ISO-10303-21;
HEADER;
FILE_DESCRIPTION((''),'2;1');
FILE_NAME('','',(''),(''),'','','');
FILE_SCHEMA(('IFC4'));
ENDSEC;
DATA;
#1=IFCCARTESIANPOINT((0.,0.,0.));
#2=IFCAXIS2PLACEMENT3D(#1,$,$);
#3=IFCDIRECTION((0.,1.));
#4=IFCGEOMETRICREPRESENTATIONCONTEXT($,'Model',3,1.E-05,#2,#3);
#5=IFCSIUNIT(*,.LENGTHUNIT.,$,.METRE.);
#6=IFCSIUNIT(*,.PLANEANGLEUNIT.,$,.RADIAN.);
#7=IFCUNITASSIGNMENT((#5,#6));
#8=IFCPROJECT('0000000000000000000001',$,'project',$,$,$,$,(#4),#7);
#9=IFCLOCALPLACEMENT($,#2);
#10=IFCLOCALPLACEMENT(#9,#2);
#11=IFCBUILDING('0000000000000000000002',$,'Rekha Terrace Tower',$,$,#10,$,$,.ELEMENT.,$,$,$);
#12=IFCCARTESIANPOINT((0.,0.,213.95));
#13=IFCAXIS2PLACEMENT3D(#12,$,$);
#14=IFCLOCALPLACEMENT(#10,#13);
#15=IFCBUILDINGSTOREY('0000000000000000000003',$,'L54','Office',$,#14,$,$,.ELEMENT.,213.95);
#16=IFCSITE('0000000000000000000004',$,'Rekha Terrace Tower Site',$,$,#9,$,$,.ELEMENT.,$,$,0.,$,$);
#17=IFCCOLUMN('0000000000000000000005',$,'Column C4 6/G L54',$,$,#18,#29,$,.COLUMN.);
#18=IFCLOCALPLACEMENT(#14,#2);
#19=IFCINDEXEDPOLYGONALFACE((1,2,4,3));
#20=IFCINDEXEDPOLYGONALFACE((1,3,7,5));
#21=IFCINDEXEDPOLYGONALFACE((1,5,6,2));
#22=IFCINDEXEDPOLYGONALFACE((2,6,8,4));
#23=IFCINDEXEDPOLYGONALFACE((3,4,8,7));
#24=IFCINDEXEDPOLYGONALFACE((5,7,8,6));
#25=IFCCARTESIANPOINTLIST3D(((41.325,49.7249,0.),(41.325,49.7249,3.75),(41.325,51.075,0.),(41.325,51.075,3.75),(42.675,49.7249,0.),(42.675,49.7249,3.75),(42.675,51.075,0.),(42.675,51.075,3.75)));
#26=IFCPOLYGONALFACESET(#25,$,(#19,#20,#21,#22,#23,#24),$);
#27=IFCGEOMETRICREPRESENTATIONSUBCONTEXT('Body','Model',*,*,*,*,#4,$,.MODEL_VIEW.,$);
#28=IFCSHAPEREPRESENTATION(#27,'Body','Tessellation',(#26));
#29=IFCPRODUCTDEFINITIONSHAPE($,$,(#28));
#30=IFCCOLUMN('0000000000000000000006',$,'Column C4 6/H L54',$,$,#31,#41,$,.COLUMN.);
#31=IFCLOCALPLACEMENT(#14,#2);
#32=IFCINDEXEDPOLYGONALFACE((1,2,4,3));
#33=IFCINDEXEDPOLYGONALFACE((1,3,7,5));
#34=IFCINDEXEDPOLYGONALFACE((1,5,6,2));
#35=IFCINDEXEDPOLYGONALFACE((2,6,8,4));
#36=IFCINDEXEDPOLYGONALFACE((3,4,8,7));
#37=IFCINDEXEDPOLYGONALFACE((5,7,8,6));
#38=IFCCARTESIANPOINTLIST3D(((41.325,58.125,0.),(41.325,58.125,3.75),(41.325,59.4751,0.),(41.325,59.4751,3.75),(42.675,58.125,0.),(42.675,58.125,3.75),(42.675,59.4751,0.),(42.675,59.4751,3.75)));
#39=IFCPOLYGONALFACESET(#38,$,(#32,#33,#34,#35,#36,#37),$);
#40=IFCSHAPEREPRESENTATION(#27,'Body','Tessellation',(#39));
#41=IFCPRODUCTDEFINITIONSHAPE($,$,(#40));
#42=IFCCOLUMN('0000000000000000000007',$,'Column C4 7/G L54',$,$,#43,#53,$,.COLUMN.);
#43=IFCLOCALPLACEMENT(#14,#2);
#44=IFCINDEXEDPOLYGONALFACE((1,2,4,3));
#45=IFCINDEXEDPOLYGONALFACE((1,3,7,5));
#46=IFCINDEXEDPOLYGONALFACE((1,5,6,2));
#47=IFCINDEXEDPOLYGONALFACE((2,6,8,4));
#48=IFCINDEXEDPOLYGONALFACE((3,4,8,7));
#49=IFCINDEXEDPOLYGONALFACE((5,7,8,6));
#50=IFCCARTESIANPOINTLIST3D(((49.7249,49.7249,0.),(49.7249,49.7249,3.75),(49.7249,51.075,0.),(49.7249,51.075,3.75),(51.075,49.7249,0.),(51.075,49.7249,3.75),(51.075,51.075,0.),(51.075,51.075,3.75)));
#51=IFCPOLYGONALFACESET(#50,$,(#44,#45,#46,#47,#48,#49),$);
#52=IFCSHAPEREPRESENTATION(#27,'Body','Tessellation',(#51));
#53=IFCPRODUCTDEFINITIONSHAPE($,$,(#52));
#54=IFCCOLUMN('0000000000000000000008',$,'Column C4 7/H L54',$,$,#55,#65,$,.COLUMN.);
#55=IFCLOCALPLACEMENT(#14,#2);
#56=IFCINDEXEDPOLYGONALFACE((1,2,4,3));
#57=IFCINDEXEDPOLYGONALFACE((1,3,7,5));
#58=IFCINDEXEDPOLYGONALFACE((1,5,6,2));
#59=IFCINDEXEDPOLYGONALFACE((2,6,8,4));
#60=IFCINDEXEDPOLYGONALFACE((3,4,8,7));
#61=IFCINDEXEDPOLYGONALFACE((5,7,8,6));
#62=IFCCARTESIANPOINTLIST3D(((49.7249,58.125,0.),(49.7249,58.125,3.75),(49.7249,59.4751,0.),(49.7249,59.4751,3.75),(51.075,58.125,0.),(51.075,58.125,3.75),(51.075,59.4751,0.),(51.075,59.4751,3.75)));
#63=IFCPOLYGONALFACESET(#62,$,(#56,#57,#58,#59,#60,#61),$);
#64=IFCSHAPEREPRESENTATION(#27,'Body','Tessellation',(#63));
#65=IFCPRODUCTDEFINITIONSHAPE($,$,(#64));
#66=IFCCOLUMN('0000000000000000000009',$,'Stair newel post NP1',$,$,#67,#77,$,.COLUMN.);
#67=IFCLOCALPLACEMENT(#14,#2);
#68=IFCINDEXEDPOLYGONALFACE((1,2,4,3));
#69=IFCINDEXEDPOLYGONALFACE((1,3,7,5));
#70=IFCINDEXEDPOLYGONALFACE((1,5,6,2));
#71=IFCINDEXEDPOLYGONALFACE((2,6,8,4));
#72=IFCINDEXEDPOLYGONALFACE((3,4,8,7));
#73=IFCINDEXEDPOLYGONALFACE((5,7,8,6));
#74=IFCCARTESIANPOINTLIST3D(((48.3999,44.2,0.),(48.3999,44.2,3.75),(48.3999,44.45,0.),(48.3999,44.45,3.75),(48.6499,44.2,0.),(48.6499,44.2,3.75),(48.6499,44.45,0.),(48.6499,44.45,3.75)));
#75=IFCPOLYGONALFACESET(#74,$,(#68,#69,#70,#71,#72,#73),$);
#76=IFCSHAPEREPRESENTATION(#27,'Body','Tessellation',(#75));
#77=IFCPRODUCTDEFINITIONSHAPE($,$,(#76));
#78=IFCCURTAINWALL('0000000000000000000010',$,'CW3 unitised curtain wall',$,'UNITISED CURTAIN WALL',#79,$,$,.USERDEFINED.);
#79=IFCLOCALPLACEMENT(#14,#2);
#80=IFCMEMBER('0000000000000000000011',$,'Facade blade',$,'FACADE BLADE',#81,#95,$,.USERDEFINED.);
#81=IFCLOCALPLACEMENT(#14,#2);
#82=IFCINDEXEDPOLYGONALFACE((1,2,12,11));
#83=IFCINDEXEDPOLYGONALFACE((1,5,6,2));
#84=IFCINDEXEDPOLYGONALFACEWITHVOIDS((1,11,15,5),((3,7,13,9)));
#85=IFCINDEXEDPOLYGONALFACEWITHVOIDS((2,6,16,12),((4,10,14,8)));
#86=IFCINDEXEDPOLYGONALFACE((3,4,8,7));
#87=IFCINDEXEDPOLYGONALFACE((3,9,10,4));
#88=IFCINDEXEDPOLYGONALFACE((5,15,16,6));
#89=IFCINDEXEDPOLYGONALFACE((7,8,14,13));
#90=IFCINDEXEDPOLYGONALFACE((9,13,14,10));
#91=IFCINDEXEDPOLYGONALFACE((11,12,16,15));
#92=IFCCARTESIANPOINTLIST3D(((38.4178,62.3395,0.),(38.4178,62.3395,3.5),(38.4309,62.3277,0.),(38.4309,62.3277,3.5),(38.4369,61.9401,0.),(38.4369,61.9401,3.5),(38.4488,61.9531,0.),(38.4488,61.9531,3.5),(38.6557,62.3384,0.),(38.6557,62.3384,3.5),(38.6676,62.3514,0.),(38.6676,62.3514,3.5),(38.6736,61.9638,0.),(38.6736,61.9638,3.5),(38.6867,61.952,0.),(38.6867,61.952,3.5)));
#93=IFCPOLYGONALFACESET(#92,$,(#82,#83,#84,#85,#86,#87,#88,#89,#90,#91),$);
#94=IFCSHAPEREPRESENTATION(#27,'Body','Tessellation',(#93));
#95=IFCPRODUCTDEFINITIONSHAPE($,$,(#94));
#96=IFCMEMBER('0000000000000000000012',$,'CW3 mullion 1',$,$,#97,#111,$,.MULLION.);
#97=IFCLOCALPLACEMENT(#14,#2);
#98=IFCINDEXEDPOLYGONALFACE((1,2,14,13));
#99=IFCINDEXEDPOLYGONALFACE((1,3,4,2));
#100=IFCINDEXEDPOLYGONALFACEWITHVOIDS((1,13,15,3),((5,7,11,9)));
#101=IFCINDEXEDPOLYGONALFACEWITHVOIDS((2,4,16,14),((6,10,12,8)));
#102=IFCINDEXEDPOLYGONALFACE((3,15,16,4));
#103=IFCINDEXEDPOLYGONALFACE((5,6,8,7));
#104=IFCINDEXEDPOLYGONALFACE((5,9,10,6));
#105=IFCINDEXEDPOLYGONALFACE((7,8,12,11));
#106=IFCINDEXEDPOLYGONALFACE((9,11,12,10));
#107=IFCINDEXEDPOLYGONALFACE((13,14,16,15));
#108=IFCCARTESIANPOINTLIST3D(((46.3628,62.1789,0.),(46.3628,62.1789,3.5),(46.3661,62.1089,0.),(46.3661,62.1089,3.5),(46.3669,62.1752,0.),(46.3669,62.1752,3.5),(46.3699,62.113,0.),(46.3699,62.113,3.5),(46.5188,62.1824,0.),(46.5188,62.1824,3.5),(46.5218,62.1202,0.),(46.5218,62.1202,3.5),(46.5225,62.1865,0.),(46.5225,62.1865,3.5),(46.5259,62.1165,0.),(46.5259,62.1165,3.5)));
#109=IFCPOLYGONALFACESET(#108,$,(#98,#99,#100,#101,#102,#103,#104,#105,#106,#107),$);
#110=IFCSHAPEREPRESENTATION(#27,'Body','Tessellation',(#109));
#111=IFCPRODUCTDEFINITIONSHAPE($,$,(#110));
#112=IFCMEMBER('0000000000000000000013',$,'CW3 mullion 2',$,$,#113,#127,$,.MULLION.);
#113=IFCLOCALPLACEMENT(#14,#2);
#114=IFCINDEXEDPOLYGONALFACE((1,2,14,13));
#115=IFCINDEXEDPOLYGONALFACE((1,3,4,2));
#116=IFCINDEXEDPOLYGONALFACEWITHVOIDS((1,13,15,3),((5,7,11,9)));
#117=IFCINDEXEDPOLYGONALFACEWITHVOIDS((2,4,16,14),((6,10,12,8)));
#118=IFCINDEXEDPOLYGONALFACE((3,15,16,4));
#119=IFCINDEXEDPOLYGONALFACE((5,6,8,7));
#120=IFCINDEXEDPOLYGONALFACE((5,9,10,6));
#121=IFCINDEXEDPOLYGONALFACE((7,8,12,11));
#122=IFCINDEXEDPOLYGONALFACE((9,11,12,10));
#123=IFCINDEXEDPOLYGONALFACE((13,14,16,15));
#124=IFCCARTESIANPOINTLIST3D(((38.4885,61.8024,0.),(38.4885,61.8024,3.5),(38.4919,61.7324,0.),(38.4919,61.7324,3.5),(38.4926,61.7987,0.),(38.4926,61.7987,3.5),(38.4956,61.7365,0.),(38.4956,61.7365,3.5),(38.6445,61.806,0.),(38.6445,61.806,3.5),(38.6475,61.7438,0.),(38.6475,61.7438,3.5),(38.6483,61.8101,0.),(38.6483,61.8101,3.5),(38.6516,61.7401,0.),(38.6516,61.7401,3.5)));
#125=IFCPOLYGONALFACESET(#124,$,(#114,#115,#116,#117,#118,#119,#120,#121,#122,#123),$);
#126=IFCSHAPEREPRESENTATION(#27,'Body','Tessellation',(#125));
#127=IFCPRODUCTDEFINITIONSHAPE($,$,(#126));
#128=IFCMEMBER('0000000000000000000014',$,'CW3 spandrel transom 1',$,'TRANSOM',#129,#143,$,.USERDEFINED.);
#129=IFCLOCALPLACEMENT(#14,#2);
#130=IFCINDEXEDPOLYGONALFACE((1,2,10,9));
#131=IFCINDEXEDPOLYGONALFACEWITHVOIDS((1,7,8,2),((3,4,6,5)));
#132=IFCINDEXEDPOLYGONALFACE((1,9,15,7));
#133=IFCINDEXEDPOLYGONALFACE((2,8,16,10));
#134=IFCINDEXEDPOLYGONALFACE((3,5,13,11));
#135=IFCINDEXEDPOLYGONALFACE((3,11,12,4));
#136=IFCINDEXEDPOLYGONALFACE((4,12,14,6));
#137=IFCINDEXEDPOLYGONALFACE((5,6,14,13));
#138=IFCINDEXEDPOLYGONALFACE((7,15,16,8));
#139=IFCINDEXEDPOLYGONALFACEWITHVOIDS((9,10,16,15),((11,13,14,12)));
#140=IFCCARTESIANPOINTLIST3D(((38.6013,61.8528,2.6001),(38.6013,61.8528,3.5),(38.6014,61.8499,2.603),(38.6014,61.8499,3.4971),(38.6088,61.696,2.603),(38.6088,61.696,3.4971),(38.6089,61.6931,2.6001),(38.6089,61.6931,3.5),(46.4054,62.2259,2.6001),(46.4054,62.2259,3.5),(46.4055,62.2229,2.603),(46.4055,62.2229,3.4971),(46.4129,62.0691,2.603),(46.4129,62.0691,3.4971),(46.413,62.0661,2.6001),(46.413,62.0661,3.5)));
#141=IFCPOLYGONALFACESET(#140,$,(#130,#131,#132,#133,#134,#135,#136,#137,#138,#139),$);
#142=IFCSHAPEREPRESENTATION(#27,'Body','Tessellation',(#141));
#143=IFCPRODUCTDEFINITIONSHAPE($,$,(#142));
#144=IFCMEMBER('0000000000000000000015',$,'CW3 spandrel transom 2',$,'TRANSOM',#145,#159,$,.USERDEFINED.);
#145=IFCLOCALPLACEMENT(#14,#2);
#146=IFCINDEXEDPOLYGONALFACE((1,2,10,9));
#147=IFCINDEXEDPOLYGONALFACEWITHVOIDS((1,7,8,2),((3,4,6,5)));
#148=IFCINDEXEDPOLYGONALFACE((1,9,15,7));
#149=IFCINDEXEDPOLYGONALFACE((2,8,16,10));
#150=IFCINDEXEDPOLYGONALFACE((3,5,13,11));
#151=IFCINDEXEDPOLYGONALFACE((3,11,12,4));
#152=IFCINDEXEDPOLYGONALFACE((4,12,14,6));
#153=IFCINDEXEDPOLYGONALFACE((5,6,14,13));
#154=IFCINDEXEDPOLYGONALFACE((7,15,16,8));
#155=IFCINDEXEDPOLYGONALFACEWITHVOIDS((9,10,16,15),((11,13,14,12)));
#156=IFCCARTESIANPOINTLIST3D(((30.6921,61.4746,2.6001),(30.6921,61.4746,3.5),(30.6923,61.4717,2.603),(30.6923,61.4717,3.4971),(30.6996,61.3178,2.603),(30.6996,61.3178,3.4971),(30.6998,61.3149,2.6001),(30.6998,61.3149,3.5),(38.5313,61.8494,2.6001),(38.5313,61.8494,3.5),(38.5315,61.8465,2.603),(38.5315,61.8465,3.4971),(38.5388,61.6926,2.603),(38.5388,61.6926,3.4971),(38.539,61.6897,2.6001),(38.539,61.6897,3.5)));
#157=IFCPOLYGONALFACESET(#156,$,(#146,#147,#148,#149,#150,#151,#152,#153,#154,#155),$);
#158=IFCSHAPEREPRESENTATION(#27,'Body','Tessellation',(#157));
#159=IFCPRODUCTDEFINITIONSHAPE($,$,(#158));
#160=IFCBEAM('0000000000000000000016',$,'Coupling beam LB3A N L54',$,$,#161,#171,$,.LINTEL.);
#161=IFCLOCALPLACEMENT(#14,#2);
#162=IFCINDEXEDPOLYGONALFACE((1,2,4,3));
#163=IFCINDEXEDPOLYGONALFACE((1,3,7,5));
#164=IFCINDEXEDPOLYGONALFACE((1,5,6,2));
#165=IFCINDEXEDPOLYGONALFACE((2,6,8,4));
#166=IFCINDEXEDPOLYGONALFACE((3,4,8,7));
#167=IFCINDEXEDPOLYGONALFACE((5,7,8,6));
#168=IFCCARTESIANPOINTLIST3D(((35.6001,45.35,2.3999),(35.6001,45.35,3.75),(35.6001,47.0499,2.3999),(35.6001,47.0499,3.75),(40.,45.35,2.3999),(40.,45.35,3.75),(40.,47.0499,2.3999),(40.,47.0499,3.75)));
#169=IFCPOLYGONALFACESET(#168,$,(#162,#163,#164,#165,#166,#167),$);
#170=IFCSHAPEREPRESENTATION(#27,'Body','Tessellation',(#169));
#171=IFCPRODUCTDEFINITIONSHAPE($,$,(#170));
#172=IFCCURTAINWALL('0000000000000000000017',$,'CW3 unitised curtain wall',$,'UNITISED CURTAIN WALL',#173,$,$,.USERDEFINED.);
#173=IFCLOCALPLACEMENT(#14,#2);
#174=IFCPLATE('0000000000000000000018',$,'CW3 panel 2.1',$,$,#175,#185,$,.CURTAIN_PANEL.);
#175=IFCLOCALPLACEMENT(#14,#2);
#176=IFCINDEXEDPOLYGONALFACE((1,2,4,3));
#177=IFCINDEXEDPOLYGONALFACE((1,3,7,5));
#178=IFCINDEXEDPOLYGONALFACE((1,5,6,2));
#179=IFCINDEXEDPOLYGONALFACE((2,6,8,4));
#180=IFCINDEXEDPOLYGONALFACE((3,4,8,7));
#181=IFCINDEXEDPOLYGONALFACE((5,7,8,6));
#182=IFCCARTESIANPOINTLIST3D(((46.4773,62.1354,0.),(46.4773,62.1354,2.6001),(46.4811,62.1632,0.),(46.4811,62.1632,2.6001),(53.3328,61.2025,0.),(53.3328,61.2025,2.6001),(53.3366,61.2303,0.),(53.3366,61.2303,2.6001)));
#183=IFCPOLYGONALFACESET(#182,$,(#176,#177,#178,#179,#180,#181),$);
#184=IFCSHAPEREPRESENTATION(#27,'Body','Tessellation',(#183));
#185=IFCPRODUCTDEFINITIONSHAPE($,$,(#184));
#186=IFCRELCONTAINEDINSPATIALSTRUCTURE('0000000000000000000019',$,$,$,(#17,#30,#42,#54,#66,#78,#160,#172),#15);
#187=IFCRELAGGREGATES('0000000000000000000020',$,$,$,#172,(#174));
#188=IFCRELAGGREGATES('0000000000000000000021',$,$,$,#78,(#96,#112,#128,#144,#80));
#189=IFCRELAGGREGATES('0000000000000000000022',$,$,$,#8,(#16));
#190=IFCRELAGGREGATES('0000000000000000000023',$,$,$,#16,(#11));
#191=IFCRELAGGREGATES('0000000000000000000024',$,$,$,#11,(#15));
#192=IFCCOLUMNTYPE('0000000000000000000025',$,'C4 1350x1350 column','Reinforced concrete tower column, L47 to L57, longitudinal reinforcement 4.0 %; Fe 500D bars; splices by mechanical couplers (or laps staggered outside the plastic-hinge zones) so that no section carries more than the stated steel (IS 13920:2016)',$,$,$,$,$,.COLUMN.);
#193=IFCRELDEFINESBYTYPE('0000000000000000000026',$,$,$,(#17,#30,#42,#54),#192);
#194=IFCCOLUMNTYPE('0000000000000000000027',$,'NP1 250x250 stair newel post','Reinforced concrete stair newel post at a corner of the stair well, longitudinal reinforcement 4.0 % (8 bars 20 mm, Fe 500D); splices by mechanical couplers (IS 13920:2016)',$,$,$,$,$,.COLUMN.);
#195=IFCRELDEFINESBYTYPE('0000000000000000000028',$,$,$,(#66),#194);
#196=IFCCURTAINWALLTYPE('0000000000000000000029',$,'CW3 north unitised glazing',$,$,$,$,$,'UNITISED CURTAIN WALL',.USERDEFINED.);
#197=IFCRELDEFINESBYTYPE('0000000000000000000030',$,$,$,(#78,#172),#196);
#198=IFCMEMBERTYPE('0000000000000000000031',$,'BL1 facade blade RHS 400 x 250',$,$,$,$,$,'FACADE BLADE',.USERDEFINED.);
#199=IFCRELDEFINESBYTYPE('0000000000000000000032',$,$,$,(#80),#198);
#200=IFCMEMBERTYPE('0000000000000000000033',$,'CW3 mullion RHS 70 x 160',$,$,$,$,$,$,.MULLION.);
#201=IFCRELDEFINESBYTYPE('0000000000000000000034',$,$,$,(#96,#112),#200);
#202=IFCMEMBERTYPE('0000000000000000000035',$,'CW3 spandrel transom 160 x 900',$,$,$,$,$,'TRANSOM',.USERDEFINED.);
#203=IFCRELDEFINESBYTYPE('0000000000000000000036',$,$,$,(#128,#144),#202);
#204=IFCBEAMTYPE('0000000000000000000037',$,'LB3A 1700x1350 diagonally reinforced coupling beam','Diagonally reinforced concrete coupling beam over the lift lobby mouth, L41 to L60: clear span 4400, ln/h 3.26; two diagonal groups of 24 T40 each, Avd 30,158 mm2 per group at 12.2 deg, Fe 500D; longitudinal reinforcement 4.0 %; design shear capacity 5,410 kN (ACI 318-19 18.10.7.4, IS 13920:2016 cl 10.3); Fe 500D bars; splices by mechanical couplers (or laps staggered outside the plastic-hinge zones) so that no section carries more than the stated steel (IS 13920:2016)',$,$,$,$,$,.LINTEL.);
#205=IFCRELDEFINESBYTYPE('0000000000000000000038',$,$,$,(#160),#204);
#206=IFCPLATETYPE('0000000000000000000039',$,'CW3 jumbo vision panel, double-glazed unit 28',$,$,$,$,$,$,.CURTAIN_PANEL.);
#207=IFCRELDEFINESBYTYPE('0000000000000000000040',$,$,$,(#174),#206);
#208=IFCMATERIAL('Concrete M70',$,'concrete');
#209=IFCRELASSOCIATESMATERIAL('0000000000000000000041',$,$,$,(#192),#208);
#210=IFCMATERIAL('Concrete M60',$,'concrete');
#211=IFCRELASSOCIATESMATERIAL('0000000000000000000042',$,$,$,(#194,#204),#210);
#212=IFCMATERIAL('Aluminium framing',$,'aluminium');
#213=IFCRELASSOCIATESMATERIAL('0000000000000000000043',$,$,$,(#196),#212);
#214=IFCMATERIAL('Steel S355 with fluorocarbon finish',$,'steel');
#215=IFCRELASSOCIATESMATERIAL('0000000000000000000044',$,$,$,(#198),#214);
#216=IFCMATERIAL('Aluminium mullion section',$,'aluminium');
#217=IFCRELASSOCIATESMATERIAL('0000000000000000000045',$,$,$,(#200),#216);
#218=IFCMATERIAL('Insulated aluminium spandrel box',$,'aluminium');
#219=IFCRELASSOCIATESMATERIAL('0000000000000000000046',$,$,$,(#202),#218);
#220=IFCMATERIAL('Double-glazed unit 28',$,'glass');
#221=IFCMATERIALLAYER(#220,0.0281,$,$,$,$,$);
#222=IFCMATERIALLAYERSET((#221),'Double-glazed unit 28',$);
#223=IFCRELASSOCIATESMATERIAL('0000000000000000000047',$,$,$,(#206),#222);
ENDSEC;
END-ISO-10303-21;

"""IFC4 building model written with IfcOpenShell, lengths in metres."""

from ifc_helpers import new_model, si_unit, direction, frame, origin, origin_2d, place, context, subcontext, project, spatial, rectangle, hollow_rectangle, extrude, material, layer, layer_set, material_profile, profile_set, type_object, element, aggregate, save


model = new_model("IFC4")

# Units and contexts
model_context = context("Model", 3, precision=1e-05, world=origin(), true_north=direction((0.0, 1.0)))
body_context = subcontext(model_context, "Body", "Model", "MODEL_VIEW")
ifc_project = project(units=[si_unit("LENGTHUNIT", "METRE"), si_unit("PLANEANGLEUNIT", "RADIAN")], contexts=[model_context])

# Site, building, storey
site_placement = place(None, origin())
site = spatial("IfcSite", under=ifc_project, at=site_placement, Name="Rekha Terrace Tower Site", CompositionType="ELEMENT", RefElevation=0.0)
building_placement = place(site_placement, origin())
building = spatial("IfcBuilding", under=site, at=building_placement, Name="Rekha Terrace Tower", CompositionType="ELEMENT")
storey_placement = place(building_placement, frame((0.0, 0.0, 213.95)))
storey = spatial("IfcBuildingStorey", under=building, at=storey_placement, Name="L54", Description="Office", CompositionType="ELEMENT", Elevation=213.95)

# Columns
ifc_material_1 = material(Name="Concrete M70", Category="concrete")
ifc_material_profile_1 = material_profile(ifc_material_1, rectangle(XDim=1.3501, YDim=1.3501, at=origin_2d()), Name="RC 1350x1350")
ifc_profile_set_1 = profile_set([ifc_material_profile_1], Name="Concrete M70")
column_type_1 = type_object("IfcColumnType", Name="C4 1350x1350 column", Description="Reinforced concrete tower column, L47 to L57, longitudinal reinforcement 4.0 %; Fe 500D bars; splices by mechanical couplers (or laps staggered outside the plastic-hinge zones) so that no section carries more than the stated steel (IS 13920:2016)", PredefinedType="COLUMN", material=ifc_profile_set_1)
for number, where, z_axis, x_axis, name in (
    (1, (42.0, 50.3999, 0.0), (0.0, 0.0, 1.0), (1.0, 0.0, 0.0), "Column C4 6/G L54"),
    (2, (42.0, 58.8, 0.0), (0.0, 0.0, 1.0), (1.0, 0.0, 0.0), "Column C4 6/H L54"),
    (3, (50.3999, 50.3999, 0.0), (0.0, 0.0, 1.0), (1.0, 0.0, 0.0), "Column C4 7/G L54"),
    (4, (50.3999, 58.8, 0.0), (0.0, 0.0, 1.0), (1.0, 0.0, 0.0), "Column C4 7/H L54"),
):
    element("IfcColumn", number, at=place(storey_placement, frame(where, z_axis=z_axis, x_axis=x_axis)), inside=storey, type_object=column_type_1, Name=name, PredefinedType="COLUMN", context=body_context, shape_type="SweptSolid", body=[
        extrude(rectangle(XDim=1.3501, YDim=1.3501, at=origin_2d()), origin(), (0.0, 0.0, 1.0), 3.75),
    ])
ifc_material_2 = material(Name="Concrete M60", Category="concrete")
ifc_material_profile_2 = material_profile(ifc_material_2, rectangle(XDim=0.25, YDim=0.25, at=origin_2d()), Name="RC 250x250")
ifc_profile_set_2 = profile_set([ifc_material_profile_2], Name="Concrete M60")
column_type_2 = type_object("IfcColumnType", Name="NP1 250x250 stair newel post", Description="Reinforced concrete stair newel post at a corner of the stair well, longitudinal reinforcement 4.0 % (8 bars 20 mm, Fe 500D); splices by mechanical couplers (IS 13920:2016)", PredefinedType="COLUMN", material=ifc_profile_set_2)
column_placement = place(storey_placement, frame((48.5249, 44.325, 0.0), z_axis=(0.0, 0.0, 1.0), x_axis=(1.0, 0.0, 0.0)))
element("IfcColumn", 5, at=column_placement, inside=storey, type_object=column_type_2, Name="Stair newel post NP1", PredefinedType="COLUMN", context=body_context, shape_type="SweptSolid", body=[
    extrude(rectangle(XDim=0.25, YDim=0.25, at=origin_2d()), origin(), (0.0, 0.0, 1.0), 3.75),
])

# Curtain wall, members
ifc_material_3 = material(Name="Aluminium framing", Category="aluminium")
curtain_wall_type = type_object("IfcCurtainWallType", Name="CW3 north unitised glazing", ElementType="UNITISED CURTAIN WALL", PredefinedType="USERDEFINED", material=ifc_material_3)
curtain_wall_1_placement = place(storey_placement, origin())
curtain_wall_1 = element("IfcCurtainWall", 6, at=curtain_wall_1_placement, inside=storey, type_object=curtain_wall_type, Name="CW3 unitised curtain wall", ObjectType="UNITISED CURTAIN WALL", PredefinedType="USERDEFINED")
ifc_material_4 = material(Name="Steel S355 with fluorocarbon finish", Category="steel")
ifc_material_profile_3 = material_profile(ifc_material_4, hollow_rectangle(XDim=0.25, YDim=0.3999, WallThickness=0.0125, at=origin_2d()), Name="RHS400x250x12.5")
ifc_profile_set_3 = profile_set([ifc_material_profile_3], Name="Steel S355 with fluorocarbon finish")
member_type_1 = type_object("IfcMemberType", Name="BL1 facade blade RHS 400 x 250", ElementType="FACADE BLADE", PredefinedType="USERDEFINED", material=ifc_profile_set_3)
member_1_placement = place(storey_placement, frame((38.5522, 62.1458, 0.0), z_axis=(0.0, 0.0, 1.0), x_axis=(-0.998859, -0.047758, 0.0)))
member_1 = element("IfcMember", 7, at=member_1_placement, type_object=member_type_1, Name="Facade blade", ObjectType="FACADE BLADE", PredefinedType="USERDEFINED", context=body_context, shape_type="SweptSolid", body=[
    extrude(hollow_rectangle(XDim=0.25, YDim=0.3999, WallThickness=0.0125, at=origin_2d()), origin(), (0.0, 0.0, 1.0), 3.5),
])
ifc_material_5 = material(Name="Aluminium mullion section", Category="aluminium")
ifc_material_profile_4 = material_profile(ifc_material_5, hollow_rectangle(XDim=0.0701, YDim=0.1599, WallThickness=0.0039, at=origin_2d()), Name="AL RHS 70x160")
ifc_profile_set_4 = profile_set([ifc_material_profile_4], Name="Aluminium mullion section")
member_type_2 = type_object("IfcMemberType", Name="CW3 mullion RHS 70 x 160", PredefinedType="MULLION", material=ifc_profile_set_4)
member_2_placement = place(storey_placement, frame((46.4443, 62.1477, 0.0), z_axis=(0.0, 0.0, 1.0), x_axis=(0.047759, -0.998859, 0.0)))
member_2 = element("IfcMember", 8, at=member_2_placement, type_object=member_type_2, Name="CW3 mullion 1", PredefinedType="MULLION", context=body_context, shape_type="SweptSolid", body=[
    extrude(hollow_rectangle(XDim=0.0701, YDim=0.1599, WallThickness=0.0039, at=origin_2d()), origin(), (0.0, 0.0, 1.0), 3.5),
])
member_3_placement = place(storey_placement, frame((38.5701, 61.7712, 0.0), z_axis=(0.0, 0.0, 1.0), x_axis=(0.047759, -0.998859, 0.0)))
member_3 = element("IfcMember", 9, at=member_3_placement, type_object=member_type_2, Name="CW3 mullion 2", PredefinedType="MULLION", context=body_context, shape_type="SweptSolid", body=[
    extrude(hollow_rectangle(XDim=0.0701, YDim=0.1599, WallThickness=0.0039, at=origin_2d()), origin(), (0.0, 0.0, 1.0), 3.5),
])
ifc_material_6 = material(Name="Insulated aluminium spandrel box", Category="aluminium")
ifc_material_profile_5 = material_profile(ifc_material_6, hollow_rectangle(XDim=0.1599, YDim=0.8999, WallThickness=0.0029, at=origin_2d()), Name="AL SPANDREL BOX 160x900")
ifc_profile_set_5 = profile_set([ifc_material_profile_5], Name="Insulated aluminium spandrel box")
member_type_3 = type_object("IfcMemberType", Name="CW3 spandrel transom 160 x 900", ElementType="TRANSOM", PredefinedType="USERDEFINED", material=ifc_profile_set_5)
member_4_placement = place(storey_placement, frame((46.4092, 62.146, 3.05), z_axis=(-0.998859, -0.047748, 0.0), x_axis=(0.047748, -0.998859, 0.0)))
member_4 = element("IfcMember", 10, at=member_4_placement, type_object=member_type_3, Name="CW3 spandrel transom 1", ObjectType="TRANSOM", PredefinedType="USERDEFINED", context=body_context, shape_type="SweptSolid", body=[
    extrude(hollow_rectangle(XDim=0.1599, YDim=0.8999, WallThickness=0.0029, at=origin_2d()), origin(), (0.0, 0.0, 1.0), 7.813),
])
member_5_placement = place(storey_placement, frame((38.5352, 61.7695, 3.05), z_axis=(-0.998859, -0.047751, 0.0), x_axis=(0.047751, -0.998859, 0.0)))
member_5 = element("IfcMember", 11, at=member_5_placement, type_object=member_type_3, Name="CW3 spandrel transom 2", ObjectType="TRANSOM", PredefinedType="USERDEFINED", context=body_context, shape_type="SweptSolid", body=[
    extrude(hollow_rectangle(XDim=0.1599, YDim=0.8999, WallThickness=0.0029, at=origin_2d()), origin(), (0.0, 0.0, 1.0), 7.8481),
])

# Beam
ifc_material_profile_6 = material_profile(ifc_material_2, rectangle(XDim=1.7, YDim=1.3501, at=origin_2d()), Name="RC 1700x1350")
ifc_profile_set_6 = profile_set([ifc_material_profile_6], Name="Concrete M60")
beam_type = type_object("IfcBeamType", Name="LB3A 1700x1350 diagonally reinforced coupling beam", Description="Diagonally reinforced concrete coupling beam over the lift lobby mouth, L41 to L60: clear span 4400, ln/h 3.26; two diagonal groups of 24 T40 each, Avd 30,158 mm2 per group at 12.2 deg, Fe 500D; longitudinal reinforcement 4.0 %; design shear capacity 5,410 kN (ACI 318-19 18.10.7.4, IS 13920:2016 cl 10.3); Fe 500D bars; splices by mechanical couplers (or laps staggered outside the plastic-hinge zones) so that no section carries more than the stated steel (IS 13920:2016)", PredefinedType="LINTEL", material=ifc_profile_set_6)
beam_placement = place(storey_placement, frame((35.6001, 46.2, 3.075), z_axis=(1.0, 0.0, 0.0), x_axis=(0.0, 1.0, 0.0)))
element("IfcBeam", 12, at=beam_placement, inside=storey, type_object=beam_type, Name="Coupling beam LB3A N L54", PredefinedType="LINTEL", context=body_context, shape_type="SweptSolid", body=[
    extrude(rectangle(XDim=1.7, YDim=1.3501, at=origin_2d()), origin(), (0.0, 0.0, 1.0), 4.3999),
])

# Curtain wall, plate
curtain_wall_2_placement = place(storey_placement, origin())
curtain_wall_2 = element("IfcCurtainWall", 13, at=curtain_wall_2_placement, inside=storey, type_object=curtain_wall_type, Name="CW3 unitised curtain wall", ObjectType="UNITISED CURTAIN WALL", PredefinedType="USERDEFINED")
ifc_material_7 = material(Name="Double-glazed unit 28", Category="glass")
ifc_layer_1 = layer(ifc_material_7, 0.0281)
ifc_layer_set_1 = layer_set([ifc_layer_1], Name="Double-glazed unit 28")
plate_type = type_object("IfcPlateType", Name="CW3 jumbo vision panel, double-glazed unit 28", PredefinedType="CURTAIN_PANEL", material=ifc_layer_set_1)
plate_1_placement = place(storey_placement, frame((49.907, 61.6829, 0.0), z_axis=(0.0, 0.0, 1.0), x_axis=(-0.990867, 0.134841, 0.0)))
plate_1 = element("IfcPlate", 14, at=plate_1_placement, type_object=plate_type, Name="CW3 panel 2.1", PredefinedType="CURTAIN_PANEL", context=body_context, shape_type="SweptSolid", body=[
    extrude(rectangle(XDim=6.9187, YDim=0.0281, at=origin_2d()), origin(), (0.0, 0.0, 1.0), 2.6001),
])
aggregate(curtain_wall_2, [plate_1])

aggregate(curtain_wall_1, [member_2, member_3, member_4, member_5, member_1])

save(model, "model.ifc")
